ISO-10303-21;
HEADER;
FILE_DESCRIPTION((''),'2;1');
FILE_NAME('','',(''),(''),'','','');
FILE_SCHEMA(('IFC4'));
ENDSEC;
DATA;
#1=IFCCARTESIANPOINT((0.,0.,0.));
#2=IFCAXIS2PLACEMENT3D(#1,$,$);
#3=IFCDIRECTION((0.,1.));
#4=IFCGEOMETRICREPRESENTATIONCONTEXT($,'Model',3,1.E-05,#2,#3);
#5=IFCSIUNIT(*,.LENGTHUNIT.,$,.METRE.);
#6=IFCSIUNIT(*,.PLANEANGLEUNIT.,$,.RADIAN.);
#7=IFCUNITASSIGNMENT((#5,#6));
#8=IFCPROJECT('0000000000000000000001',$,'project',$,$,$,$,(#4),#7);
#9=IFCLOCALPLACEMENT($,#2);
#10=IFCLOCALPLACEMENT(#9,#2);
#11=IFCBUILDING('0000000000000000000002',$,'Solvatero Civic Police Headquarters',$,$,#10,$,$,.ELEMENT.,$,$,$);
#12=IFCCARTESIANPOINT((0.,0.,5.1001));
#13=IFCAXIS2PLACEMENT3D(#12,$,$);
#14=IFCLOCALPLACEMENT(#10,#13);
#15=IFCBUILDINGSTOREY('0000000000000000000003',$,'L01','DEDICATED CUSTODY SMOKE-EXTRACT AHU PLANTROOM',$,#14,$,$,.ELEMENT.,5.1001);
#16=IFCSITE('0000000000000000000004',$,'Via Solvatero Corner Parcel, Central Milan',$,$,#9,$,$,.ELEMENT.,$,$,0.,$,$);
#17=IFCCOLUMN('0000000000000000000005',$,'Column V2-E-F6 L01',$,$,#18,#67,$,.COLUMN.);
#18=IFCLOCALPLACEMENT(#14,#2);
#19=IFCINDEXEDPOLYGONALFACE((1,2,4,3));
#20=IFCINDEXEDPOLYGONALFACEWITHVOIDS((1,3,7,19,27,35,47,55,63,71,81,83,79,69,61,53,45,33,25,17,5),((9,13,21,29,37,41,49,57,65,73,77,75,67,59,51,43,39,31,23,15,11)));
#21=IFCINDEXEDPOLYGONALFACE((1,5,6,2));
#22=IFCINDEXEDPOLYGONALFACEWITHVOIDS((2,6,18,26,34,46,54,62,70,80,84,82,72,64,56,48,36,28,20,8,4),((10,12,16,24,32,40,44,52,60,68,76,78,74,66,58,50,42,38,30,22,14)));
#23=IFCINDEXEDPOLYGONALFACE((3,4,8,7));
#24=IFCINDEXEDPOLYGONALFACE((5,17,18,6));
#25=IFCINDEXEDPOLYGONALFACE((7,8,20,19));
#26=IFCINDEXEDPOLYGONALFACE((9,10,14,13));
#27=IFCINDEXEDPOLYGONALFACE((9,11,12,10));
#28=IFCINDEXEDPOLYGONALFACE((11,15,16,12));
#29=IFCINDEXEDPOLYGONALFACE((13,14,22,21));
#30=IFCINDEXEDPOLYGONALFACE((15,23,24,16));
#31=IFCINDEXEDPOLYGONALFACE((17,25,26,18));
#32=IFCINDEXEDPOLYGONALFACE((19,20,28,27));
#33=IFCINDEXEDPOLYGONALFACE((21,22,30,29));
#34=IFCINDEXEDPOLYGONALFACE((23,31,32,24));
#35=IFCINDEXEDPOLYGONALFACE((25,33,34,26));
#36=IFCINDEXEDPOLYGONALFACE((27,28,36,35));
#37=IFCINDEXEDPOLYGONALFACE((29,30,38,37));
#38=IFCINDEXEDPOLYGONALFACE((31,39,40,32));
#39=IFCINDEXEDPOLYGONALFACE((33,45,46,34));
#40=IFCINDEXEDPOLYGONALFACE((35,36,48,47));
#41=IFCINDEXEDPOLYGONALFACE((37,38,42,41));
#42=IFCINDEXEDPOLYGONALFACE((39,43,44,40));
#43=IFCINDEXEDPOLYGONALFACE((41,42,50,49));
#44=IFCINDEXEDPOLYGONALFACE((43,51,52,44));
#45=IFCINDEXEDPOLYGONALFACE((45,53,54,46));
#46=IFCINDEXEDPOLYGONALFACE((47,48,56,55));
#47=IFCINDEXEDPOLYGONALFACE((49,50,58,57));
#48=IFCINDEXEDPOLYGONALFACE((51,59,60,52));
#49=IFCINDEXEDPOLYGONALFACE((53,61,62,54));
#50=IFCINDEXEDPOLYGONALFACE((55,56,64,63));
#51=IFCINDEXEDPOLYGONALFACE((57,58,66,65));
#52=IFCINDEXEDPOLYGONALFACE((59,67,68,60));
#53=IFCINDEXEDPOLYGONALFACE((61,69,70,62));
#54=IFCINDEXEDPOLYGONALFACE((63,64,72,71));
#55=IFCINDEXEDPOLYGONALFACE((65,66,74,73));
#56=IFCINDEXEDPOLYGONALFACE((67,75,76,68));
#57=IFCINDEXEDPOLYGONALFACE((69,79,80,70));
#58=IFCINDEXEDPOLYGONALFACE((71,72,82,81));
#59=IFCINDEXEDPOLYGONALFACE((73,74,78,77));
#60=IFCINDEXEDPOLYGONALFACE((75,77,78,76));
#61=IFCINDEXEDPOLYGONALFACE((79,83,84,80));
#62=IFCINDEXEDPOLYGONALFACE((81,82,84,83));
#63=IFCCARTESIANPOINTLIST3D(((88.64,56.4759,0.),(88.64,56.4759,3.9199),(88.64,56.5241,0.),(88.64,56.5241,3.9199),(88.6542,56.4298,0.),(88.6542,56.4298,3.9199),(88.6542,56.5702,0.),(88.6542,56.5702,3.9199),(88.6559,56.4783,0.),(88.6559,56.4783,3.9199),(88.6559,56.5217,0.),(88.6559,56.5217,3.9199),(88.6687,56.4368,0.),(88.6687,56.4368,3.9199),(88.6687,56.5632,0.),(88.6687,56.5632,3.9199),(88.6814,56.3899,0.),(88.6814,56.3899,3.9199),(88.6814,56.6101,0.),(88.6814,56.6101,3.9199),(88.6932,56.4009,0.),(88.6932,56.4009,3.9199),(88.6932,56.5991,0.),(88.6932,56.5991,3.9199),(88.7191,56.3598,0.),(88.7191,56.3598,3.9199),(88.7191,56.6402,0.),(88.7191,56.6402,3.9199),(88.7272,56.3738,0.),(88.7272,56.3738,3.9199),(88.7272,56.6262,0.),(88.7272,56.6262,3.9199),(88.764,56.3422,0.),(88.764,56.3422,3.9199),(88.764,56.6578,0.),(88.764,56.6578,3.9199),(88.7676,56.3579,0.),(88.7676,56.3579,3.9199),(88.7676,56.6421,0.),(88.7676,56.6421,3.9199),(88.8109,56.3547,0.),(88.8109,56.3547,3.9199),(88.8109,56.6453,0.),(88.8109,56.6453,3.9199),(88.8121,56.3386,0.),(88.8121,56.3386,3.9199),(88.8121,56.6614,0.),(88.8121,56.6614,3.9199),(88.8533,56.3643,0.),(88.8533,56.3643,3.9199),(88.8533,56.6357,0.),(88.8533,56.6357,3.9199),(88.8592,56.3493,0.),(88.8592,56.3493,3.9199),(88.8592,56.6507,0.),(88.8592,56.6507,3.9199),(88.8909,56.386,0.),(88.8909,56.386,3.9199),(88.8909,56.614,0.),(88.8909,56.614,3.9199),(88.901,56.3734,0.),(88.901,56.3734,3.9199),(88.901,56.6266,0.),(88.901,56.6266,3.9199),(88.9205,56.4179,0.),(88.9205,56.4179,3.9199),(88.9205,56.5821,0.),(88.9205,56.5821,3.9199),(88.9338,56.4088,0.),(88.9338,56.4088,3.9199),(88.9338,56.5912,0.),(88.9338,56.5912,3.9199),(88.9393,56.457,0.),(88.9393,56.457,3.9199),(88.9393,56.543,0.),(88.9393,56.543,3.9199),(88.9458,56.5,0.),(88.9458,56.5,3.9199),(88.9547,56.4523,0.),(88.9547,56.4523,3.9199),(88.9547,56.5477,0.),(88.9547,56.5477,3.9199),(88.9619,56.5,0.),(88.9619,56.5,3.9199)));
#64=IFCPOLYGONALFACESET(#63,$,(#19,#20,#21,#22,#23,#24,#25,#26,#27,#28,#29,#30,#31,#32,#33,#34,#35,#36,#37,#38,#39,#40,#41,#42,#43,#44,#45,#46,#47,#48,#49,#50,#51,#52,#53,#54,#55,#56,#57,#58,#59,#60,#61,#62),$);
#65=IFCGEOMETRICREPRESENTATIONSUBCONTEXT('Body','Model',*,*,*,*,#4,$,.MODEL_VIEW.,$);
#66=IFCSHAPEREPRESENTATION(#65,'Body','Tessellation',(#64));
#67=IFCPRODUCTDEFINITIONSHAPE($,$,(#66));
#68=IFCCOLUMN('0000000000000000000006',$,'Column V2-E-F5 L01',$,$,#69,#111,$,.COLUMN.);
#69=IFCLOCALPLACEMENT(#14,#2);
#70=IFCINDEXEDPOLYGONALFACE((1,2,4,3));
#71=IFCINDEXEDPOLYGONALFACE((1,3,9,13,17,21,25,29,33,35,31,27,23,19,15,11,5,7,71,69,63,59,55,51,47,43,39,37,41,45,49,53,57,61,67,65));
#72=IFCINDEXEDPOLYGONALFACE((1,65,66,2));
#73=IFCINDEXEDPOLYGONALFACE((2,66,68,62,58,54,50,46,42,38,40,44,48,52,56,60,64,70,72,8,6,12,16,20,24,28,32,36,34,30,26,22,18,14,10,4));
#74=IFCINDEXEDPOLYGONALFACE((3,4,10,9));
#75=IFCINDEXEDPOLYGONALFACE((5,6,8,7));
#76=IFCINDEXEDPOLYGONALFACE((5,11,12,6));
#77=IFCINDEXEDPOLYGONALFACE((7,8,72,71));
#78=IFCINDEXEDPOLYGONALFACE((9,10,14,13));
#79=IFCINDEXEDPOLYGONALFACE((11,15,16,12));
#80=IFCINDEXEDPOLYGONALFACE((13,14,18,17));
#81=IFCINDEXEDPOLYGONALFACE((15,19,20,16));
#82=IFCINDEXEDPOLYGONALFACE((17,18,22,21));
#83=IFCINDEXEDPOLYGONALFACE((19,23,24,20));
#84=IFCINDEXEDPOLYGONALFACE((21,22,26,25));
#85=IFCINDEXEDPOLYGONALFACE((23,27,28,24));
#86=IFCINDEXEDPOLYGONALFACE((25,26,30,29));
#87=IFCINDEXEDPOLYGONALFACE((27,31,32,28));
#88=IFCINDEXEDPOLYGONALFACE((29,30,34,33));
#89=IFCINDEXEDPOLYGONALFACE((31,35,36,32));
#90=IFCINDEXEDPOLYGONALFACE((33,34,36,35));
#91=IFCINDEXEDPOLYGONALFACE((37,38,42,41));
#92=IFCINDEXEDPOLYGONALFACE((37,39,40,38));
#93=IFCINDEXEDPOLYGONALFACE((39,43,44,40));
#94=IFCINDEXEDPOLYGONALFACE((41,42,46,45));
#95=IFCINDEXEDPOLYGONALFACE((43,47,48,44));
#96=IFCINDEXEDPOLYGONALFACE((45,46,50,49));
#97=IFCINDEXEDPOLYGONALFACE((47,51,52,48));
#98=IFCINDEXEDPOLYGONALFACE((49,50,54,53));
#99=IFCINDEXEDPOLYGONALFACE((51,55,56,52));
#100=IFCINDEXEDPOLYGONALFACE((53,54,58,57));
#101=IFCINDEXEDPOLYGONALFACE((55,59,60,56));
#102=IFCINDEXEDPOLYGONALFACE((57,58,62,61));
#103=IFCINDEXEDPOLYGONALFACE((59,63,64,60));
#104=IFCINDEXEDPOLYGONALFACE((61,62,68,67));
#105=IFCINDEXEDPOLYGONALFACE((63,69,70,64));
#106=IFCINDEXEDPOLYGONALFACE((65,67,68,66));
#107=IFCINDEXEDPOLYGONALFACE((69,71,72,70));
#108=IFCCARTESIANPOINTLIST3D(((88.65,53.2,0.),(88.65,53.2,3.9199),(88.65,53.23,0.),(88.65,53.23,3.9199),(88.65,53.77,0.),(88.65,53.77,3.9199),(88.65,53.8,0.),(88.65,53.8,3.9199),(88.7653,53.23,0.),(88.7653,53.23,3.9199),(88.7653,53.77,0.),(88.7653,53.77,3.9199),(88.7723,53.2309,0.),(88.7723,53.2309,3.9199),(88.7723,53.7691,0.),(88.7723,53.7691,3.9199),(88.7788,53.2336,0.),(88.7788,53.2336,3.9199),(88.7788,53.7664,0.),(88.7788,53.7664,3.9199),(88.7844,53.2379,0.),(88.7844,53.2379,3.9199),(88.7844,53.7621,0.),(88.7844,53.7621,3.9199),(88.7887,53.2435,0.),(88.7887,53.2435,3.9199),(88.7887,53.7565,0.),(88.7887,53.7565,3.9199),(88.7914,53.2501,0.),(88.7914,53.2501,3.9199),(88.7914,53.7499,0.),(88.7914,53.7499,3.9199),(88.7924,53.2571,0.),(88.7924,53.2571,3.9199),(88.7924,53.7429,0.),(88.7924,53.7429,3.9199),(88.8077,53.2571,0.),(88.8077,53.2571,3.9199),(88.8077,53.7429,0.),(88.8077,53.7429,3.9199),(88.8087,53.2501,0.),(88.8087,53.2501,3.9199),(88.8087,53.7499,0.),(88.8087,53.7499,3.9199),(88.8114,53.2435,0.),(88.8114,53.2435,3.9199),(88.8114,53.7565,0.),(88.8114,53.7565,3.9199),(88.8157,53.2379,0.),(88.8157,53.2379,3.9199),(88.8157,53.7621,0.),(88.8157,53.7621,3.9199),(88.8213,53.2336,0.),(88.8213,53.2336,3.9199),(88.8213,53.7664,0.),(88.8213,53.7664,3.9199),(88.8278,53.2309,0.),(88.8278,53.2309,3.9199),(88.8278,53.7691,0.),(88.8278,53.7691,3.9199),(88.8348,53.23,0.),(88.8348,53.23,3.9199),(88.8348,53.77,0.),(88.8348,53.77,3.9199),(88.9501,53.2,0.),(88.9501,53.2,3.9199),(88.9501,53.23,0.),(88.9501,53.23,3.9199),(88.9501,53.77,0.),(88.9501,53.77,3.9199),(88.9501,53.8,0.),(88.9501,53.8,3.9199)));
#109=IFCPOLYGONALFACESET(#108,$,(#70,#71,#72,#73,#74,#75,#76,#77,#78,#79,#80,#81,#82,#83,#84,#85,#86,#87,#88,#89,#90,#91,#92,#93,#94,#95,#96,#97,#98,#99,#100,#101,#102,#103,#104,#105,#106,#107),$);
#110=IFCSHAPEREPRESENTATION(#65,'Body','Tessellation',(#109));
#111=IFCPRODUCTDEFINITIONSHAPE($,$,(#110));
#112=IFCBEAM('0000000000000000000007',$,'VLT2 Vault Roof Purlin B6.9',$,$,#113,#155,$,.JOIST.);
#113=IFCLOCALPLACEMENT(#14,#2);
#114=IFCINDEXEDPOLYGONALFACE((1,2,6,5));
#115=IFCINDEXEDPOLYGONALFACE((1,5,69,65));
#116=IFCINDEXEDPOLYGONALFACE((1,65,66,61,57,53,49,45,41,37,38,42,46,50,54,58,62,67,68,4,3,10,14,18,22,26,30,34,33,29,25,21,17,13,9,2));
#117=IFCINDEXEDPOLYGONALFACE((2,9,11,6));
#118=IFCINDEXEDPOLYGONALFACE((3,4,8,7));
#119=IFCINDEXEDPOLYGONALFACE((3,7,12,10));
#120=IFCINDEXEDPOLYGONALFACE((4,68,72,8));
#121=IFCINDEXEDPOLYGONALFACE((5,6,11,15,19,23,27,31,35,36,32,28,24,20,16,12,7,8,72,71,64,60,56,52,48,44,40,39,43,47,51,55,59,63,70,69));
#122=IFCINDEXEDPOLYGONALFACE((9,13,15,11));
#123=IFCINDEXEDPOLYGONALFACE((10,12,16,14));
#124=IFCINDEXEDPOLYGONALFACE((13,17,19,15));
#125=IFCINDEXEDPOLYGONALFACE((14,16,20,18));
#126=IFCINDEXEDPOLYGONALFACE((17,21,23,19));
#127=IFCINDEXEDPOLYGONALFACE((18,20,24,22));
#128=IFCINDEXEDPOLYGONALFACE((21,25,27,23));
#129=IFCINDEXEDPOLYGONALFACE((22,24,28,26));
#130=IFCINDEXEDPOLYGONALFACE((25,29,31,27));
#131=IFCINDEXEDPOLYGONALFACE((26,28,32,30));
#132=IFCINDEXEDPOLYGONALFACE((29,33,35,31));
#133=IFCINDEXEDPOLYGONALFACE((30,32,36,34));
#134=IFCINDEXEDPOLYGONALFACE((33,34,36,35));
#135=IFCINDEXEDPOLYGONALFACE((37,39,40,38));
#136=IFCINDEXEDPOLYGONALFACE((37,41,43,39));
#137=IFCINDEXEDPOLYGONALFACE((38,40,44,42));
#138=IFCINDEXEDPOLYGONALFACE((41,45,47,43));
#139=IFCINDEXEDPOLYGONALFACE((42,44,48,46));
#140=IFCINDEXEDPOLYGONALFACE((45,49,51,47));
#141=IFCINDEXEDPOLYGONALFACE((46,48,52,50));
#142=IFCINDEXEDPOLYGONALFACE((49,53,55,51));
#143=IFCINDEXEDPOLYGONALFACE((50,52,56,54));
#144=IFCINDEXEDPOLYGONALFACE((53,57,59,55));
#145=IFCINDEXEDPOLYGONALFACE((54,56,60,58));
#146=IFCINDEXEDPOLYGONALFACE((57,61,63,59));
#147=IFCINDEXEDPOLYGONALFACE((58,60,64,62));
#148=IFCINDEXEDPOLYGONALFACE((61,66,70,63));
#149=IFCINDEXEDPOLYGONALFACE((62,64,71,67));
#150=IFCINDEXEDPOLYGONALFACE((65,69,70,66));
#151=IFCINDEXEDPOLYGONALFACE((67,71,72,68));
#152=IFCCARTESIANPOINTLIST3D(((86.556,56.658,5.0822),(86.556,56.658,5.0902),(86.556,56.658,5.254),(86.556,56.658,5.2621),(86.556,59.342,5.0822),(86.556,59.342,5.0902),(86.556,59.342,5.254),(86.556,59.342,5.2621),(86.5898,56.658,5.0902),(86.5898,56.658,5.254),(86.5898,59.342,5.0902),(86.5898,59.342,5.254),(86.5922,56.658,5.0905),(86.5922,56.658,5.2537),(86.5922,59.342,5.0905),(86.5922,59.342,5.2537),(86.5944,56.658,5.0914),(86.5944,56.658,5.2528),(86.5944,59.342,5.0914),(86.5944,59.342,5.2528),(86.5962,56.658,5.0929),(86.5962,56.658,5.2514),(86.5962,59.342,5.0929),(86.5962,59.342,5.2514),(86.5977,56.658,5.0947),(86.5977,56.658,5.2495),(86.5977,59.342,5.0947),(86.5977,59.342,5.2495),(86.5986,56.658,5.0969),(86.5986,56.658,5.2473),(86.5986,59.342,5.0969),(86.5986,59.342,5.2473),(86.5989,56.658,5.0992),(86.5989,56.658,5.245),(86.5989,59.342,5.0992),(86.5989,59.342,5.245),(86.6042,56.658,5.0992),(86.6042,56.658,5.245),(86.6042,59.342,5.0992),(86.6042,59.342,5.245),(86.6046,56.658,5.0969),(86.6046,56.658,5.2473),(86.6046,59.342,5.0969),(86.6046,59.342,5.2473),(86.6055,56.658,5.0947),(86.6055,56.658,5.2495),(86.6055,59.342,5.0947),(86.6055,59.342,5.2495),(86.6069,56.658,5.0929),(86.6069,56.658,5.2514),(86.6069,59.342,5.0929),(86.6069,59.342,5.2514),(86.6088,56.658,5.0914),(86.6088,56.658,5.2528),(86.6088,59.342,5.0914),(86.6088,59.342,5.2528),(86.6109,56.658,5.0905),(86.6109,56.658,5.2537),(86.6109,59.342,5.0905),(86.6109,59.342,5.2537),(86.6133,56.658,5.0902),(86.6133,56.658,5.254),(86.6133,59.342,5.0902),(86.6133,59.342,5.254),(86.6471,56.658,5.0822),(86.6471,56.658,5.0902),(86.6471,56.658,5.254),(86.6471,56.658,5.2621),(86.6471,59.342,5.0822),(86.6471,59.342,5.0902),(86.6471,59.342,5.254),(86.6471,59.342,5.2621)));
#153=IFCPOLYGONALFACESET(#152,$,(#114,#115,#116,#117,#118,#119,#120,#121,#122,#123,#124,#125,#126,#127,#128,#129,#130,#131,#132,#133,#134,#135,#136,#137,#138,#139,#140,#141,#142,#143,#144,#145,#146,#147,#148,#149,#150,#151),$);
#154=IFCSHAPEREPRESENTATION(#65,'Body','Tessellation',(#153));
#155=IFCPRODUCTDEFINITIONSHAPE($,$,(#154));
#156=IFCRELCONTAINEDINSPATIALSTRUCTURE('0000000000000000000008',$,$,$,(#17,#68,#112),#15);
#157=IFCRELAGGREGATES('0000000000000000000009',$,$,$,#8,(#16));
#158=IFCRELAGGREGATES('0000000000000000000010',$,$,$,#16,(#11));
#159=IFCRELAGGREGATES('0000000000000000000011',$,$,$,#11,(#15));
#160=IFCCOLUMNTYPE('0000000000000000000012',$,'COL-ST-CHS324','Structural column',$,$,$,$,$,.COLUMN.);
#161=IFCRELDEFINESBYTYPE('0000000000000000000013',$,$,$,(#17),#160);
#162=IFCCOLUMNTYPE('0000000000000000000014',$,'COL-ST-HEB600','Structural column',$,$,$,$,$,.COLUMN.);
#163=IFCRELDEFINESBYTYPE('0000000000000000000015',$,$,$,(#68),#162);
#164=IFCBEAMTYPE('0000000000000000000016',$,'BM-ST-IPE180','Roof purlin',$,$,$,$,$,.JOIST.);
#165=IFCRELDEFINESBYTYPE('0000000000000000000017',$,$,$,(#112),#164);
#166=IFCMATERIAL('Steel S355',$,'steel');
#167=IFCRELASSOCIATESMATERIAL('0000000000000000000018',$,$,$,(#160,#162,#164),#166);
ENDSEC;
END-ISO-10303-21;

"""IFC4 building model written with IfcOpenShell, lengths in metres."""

from ifc_helpers import new_model, si_unit, direction, frame, origin, origin_2d, place, context, subcontext, project, spatial, hollow_circle, i_section, extrude, material, material_profile, profile_set, type_object, element, save


model = new_model("IFC4")

# Units and contexts
model_context = context("Model", 3, precision=1e-05, world=origin(), true_north=direction((0.0, 1.0)))
body_context = subcontext(model_context, "Body", "Model", "MODEL_VIEW")
ifc_project = project(units=[si_unit("LENGTHUNIT", "METRE"), si_unit("PLANEANGLEUNIT", "RADIAN")], contexts=[model_context])

# Site, building, storey
site_placement = place(None, origin())
site = spatial("IfcSite", under=ifc_project, at=site_placement, Name="Via Solvatero Corner Parcel, Central Milan", CompositionType="ELEMENT", RefElevation=0.0)
building_placement = place(site_placement, origin())
building = spatial("IfcBuilding", under=site, at=building_placement, Name="Solvatero Civic Police Headquarters", CompositionType="ELEMENT")
storey_placement = place(building_placement, frame((0.0, 0.0, 5.1001)))
storey = spatial("IfcBuildingStorey", under=building, at=storey_placement, Name="L01", Description="DEDICATED CUSTODY SMOKE-EXTRACT AHU PLANTROOM", CompositionType="ELEMENT", Elevation=5.1001)

# Columns
ifc_material_1 = material(Name="Steel S355", Category="steel")
ifc_material_profile_1 = material_profile(ifc_material_1, hollow_circle(Radius=0.1619, WallThickness=0.0161, at=origin_2d()), Name="CHS 323.9x16.0")
ifc_profile_set_1 = profile_set([ifc_material_profile_1], Name="Steel S355")
column_type_1 = type_object("IfcColumnType", Name="COL-ST-CHS324", Description="Structural column", PredefinedType="COLUMN", material=ifc_profile_set_1)
column_1_placement = place(storey_placement, frame((88.8, 56.5, 0.0), z_axis=(0.0, 0.0, 1.0), x_axis=(1.0, 0.0, 0.0)))
element("IfcColumn", 1, at=column_1_placement, inside=storey, type_object=column_type_1, Name="Column V2-E-F6 L01", PredefinedType="COLUMN", context=body_context, shape_type="SweptSolid", body=[
    extrude(hollow_circle(Radius=0.1619, WallThickness=0.0161, at=origin_2d()), origin(), (0.0, 0.0, 1.0), 3.9199),
])
ifc_material_profile_2 = material_profile(ifc_material_1, i_section(OverallWidth=0.3, OverallDepth=0.6001, WebThickness=0.0154, FlangeThickness=0.03, FilletRadius=0.0271, at=origin_2d()), Name="HEB 600")
ifc_profile_set_2 = profile_set([ifc_material_profile_2], Name="Steel S355")
column_type_2 = type_object("IfcColumnType", Name="COL-ST-HEB600", Description="Structural column", PredefinedType="COLUMN", material=ifc_profile_set_2)
column_2_placement = place(storey_placement, frame((88.8, 53.5, 0.0), z_axis=(0.0, 0.0, 1.0), x_axis=(1.0, 0.0, 0.0)))
element("IfcColumn", 2, at=column_2_placement, inside=storey, type_object=column_type_2, Name="Column V2-E-F5 L01", PredefinedType="COLUMN", context=body_context, shape_type="SweptSolid", body=[
    extrude(i_section(OverallWidth=0.3, OverallDepth=0.6001, WebThickness=0.0154, FlangeThickness=0.03, FilletRadius=0.0271, at=origin_2d()), origin(), (0.0, 0.0, 1.0), 3.9199),
])

# Beam
ifc_material_profile_3 = material_profile(ifc_material_1, i_section(OverallWidth=0.0911, OverallDepth=0.1799, WebThickness=0.0054, FlangeThickness=0.0081, FilletRadius=0.009, at=origin_2d()), Name="IPE 180")
ifc_profile_set_3 = profile_set([ifc_material_profile_3], Name="Steel S355")
beam_type_1 = type_object("IfcBeamType", Name="BM-ST-IPE180", Description="Roof purlin", PredefinedType="JOIST", material=ifc_profile_set_3)
beam_placement = place(storey_placement, frame((86.6016, 56.658, 5.1721), z_axis=(0.0, 1.0, 0.0), x_axis=(-1.0, 0.0, 0.0)))
element("IfcBeam", 3, at=beam_placement, inside=storey, type_object=beam_type_1, Name="VLT2 Vault Roof Purlin B6.9", PredefinedType="JOIST", context=body_context, shape_type="SweptSolid", body=[
    extrude(i_section(OverallWidth=0.0911, OverallDepth=0.1799, WebThickness=0.0054, FlangeThickness=0.0081, FilletRadius=0.009, at=origin_2d()), origin(), (0.0, 0.0, 1.0), 2.6841),
])

save(model, "model.ifc")
